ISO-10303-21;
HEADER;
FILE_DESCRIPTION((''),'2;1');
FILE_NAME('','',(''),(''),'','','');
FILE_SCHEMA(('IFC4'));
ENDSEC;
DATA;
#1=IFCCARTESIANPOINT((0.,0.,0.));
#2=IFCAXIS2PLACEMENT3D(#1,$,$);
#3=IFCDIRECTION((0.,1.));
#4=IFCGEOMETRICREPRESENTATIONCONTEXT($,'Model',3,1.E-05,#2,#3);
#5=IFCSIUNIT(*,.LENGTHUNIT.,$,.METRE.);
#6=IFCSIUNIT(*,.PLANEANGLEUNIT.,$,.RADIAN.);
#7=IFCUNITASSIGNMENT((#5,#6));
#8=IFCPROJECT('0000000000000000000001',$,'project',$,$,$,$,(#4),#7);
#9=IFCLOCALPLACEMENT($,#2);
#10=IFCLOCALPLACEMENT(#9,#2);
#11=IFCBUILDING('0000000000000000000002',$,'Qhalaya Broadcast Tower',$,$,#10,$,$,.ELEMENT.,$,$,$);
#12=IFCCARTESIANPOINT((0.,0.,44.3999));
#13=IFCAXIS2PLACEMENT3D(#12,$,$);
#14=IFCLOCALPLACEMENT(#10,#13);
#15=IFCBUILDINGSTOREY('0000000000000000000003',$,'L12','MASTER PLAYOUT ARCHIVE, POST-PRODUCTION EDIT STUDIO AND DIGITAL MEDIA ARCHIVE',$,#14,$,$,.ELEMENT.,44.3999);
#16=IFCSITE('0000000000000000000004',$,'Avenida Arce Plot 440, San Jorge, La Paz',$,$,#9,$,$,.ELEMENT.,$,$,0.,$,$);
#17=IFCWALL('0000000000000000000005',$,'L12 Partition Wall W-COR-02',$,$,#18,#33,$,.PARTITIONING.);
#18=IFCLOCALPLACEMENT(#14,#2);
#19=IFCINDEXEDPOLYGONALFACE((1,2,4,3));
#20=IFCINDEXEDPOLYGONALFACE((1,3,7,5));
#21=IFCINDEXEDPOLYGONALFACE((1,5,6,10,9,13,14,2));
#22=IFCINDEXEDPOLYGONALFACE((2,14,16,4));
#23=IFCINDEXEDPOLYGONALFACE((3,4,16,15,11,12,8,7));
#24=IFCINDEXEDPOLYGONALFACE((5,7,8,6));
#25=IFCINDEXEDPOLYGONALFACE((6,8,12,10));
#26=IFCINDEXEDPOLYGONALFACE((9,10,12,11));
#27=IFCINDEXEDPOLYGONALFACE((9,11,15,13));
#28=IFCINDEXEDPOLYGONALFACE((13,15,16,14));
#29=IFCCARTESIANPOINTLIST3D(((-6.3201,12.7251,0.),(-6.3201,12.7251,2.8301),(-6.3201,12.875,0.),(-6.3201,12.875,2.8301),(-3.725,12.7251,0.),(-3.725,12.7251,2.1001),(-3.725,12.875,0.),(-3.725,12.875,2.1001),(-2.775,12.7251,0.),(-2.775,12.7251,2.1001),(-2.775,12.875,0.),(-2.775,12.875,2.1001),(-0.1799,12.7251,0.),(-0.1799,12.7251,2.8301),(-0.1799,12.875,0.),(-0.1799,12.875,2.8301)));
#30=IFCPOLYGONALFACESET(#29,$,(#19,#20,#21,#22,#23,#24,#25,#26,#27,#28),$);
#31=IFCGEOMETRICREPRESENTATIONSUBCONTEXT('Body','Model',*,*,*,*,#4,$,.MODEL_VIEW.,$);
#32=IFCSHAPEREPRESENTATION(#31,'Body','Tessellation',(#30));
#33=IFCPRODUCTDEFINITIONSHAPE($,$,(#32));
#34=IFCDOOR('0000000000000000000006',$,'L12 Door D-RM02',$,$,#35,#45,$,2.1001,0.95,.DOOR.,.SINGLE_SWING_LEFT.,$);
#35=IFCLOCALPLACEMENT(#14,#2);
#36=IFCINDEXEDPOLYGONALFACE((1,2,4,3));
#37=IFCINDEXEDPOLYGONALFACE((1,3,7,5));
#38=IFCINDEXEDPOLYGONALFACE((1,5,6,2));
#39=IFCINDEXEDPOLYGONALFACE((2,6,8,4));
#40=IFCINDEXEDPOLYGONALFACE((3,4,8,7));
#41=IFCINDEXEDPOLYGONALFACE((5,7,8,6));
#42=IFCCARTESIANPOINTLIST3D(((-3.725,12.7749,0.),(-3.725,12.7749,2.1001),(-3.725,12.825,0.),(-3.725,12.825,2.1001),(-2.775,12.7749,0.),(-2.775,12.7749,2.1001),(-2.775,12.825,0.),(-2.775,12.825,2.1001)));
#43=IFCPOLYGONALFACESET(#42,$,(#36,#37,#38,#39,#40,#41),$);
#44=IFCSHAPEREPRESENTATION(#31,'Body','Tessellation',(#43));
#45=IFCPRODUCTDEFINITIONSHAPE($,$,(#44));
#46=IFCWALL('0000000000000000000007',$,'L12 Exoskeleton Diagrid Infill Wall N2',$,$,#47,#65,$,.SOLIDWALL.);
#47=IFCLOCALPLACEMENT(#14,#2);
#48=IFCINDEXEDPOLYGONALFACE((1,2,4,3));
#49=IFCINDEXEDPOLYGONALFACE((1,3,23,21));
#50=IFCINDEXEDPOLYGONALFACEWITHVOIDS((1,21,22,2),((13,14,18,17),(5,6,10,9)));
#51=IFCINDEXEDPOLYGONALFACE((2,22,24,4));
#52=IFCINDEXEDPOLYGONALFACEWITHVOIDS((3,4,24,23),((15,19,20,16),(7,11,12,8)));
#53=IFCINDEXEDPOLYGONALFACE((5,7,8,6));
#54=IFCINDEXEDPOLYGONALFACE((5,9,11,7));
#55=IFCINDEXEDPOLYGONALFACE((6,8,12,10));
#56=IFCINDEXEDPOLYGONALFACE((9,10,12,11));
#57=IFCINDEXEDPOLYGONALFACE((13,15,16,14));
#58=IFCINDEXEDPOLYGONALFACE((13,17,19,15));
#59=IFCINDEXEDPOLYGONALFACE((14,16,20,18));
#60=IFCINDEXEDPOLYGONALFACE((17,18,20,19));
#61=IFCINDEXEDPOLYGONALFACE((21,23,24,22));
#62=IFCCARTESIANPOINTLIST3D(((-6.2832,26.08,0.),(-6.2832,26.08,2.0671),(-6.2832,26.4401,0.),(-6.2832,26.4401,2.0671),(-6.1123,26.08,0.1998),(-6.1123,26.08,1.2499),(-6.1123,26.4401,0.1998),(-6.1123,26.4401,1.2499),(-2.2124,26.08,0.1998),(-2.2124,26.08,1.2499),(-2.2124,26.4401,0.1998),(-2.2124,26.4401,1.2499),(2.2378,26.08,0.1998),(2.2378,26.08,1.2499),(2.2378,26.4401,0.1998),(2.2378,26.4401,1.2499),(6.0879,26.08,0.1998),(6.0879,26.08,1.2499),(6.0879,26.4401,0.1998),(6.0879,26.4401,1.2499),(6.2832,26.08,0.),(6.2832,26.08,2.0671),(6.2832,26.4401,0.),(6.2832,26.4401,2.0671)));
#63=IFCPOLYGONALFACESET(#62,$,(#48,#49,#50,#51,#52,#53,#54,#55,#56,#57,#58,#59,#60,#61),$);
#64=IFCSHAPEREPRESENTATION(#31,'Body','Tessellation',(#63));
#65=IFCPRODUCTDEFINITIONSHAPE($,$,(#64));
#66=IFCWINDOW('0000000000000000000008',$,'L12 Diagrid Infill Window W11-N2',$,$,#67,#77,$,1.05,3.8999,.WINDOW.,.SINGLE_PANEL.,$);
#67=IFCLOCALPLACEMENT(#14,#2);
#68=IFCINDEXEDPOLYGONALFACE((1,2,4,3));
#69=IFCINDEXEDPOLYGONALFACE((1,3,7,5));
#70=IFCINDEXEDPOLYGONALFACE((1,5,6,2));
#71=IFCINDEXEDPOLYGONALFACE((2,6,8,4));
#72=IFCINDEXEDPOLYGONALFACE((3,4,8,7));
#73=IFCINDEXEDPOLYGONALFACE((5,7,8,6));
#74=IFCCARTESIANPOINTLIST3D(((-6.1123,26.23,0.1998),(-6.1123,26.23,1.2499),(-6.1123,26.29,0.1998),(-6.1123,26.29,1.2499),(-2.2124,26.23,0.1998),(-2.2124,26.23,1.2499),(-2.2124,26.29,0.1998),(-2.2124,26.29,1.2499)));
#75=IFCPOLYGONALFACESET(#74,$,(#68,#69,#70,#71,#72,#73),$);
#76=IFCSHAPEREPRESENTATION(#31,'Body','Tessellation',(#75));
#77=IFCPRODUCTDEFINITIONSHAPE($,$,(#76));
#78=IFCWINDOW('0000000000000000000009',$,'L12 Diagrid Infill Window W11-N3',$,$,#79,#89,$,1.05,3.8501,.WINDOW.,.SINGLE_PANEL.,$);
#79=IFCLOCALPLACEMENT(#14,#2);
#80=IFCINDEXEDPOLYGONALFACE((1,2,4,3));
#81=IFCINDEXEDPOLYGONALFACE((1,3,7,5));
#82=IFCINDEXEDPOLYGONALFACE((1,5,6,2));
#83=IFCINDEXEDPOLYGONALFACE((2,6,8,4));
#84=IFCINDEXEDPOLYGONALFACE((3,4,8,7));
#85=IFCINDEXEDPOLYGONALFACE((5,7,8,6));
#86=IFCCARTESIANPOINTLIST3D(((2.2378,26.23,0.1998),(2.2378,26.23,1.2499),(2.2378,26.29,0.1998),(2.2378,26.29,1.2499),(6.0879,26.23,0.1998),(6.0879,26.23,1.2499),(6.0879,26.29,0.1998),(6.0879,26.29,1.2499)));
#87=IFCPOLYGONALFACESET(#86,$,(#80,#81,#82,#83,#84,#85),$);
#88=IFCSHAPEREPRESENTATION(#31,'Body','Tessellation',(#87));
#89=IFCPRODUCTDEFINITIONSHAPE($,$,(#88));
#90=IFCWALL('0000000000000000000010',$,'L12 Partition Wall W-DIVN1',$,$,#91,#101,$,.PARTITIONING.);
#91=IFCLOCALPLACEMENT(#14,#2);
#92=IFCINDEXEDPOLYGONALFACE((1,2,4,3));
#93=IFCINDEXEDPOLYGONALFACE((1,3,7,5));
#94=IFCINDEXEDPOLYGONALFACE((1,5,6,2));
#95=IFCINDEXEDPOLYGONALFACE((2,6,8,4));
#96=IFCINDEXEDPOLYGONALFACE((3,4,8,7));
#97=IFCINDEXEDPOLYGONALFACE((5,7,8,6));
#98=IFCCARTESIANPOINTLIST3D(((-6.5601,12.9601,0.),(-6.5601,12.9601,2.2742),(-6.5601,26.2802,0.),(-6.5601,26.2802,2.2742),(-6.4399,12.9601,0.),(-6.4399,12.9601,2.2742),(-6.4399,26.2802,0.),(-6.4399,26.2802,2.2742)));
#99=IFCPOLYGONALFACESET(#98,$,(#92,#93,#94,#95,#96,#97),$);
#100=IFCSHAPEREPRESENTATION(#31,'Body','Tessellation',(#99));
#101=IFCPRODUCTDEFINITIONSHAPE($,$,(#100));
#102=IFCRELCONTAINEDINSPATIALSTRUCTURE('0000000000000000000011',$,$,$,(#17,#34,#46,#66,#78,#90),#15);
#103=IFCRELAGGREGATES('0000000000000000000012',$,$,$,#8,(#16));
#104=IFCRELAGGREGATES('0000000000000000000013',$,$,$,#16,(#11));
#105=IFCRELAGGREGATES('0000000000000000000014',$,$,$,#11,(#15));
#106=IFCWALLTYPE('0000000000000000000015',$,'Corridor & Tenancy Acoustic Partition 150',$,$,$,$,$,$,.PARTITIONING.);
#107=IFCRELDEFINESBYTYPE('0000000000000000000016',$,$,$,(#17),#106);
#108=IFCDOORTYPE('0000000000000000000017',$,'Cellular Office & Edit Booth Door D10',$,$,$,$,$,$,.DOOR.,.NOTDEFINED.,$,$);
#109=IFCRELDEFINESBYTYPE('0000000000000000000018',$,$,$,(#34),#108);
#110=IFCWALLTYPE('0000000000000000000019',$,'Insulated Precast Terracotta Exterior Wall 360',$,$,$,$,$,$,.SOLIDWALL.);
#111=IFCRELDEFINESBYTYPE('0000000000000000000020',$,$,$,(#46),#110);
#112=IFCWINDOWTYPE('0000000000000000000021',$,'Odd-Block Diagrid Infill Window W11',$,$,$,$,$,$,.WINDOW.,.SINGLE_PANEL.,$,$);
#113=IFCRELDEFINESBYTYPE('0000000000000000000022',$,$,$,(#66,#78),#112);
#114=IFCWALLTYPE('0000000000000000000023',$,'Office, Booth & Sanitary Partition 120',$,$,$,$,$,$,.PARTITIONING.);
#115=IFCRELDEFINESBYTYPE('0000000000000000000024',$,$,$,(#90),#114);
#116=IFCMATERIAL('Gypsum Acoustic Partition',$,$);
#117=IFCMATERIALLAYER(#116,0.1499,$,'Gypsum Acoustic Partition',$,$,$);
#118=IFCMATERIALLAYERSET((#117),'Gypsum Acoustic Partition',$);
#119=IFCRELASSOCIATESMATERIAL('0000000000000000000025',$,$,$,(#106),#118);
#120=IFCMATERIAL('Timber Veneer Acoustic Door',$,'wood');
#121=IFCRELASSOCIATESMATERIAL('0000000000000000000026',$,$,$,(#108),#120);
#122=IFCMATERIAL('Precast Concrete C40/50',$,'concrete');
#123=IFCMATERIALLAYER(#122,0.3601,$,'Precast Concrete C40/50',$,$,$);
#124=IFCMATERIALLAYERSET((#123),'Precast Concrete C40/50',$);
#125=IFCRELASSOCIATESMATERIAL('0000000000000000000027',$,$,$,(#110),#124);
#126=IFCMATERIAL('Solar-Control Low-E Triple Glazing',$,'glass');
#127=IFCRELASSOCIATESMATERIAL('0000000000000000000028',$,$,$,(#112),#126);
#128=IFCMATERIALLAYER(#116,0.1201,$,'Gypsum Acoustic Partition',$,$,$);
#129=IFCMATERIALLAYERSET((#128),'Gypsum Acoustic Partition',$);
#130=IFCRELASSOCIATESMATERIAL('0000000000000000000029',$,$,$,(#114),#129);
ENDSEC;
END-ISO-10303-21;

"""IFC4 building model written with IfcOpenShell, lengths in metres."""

from ifc_helpers import new_model, si_unit, direction, frame, frame_2d, origin, place, context, subcontext, project, spatial, rectangle, extrude, material, layer, layer_set, type_object, element, fill, save


model = new_model("IFC4")

# Units and contexts
model_context = context("Model", 3, precision=1e-05, world=origin(), true_north=direction((0.0, 1.0)))
body_context = subcontext(model_context, "Body", "Model", "MODEL_VIEW")
ifc_project = project(units=[si_unit("LENGTHUNIT", "METRE"), si_unit("PLANEANGLEUNIT", "RADIAN")], contexts=[model_context])

# Site, building, storey
site_placement = place(None, origin())
site = spatial("IfcSite", under=ifc_project, at=site_placement, Name="Avenida Arce Plot 440, San Jorge, La Paz", CompositionType="ELEMENT", RefElevation=0.0)
building_placement = place(site_placement, origin())
building = spatial("IfcBuilding", under=site, at=building_placement, Name="Qhalaya Broadcast Tower", CompositionType="ELEMENT")
storey_placement = place(building_placement, frame((0.0, 0.0, 44.3999)))
storey = spatial("IfcBuildingStorey", under=building, at=storey_placement, Name="L12", Description="MASTER PLAYOUT ARCHIVE, POST-PRODUCTION EDIT STUDIO AND DIGITAL MEDIA ARCHIVE", CompositionType="ELEMENT", Elevation=44.3999)

# Wall, opening, door
ifc_material_1 = material(Name="Gypsum Acoustic Partition")
ifc_layer_1 = layer(ifc_material_1, 0.1499, Name="Gypsum Acoustic Partition")
ifc_layer_set_1 = layer_set([ifc_layer_1], Name="Gypsum Acoustic Partition")
wall_type_1 = type_object("IfcWallType", Name="Corridor & Tenancy Acoustic Partition 150", PredefinedType="PARTITIONING", material=ifc_layer_set_1)
ifc_material_2 = material(Name="Timber Veneer Acoustic Door", Category="wood")
door_type = type_object("IfcDoorType", Name="Cellular Office & Edit Booth Door D10", OperationType="NOTDEFINED", PredefinedType="DOOR", material=ifc_material_2)
wall_1_placement = place(storey_placement, frame((-6.3201, 12.8, 0.0), z_axis=(0.0, 0.0, 1.0), x_axis=(1.0, 0.0, 0.0)))
wall_1 = element("IfcWall", 1, at=wall_1_placement, inside=storey, type_object=wall_type_1, Name="L12 Partition Wall W-COR-02", PredefinedType="PARTITIONING", context=body_context, shape_type="SweptSolid", body=[
    extrude(rectangle(XDim=6.1401, YDim=0.1499, at=frame_2d((3.0701, 0.0))), origin(), (0.0, 0.0, 1.0), 2.8301),
])
opening_1_placement = place(wall_1_placement, frame((2.595, 0.0, 0.0)))
opening_1 = element("IfcOpeningElement", 2, at=opening_1_placement, cuts=wall_1, PredefinedType="OPENING", context=body_context, shape_type="SweptSolid", body=[
    extrude(rectangle(XDim=0.95, YDim=2.1001, at=frame_2d((0.4751, 1.05))), frame((0.0, 0.0869, 0.0), z_axis=(0.0, -1.0, 0.0), x_axis=(1.0, 0.0, 0.0)), (0.0, 0.0, 1.0), 0.1738),
])
door_1_placement = place(opening_1_placement, origin())
door_1 = element("IfcDoor", 3, at=door_1_placement, inside=storey, type_object=door_type, Name="L12 Door D-RM02", OperationType="SINGLE_SWING_LEFT", OverallHeight=2.1001, OverallWidth=0.95, PredefinedType="DOOR", context=body_context, shape_type="SweptSolid", body=[
    extrude(rectangle(XDim=0.95, YDim=2.1001, at=frame_2d((0.4751, 1.05))), frame((0.0, 0.0249, 0.0), z_axis=(0.0, -1.0, 0.0), x_axis=(1.0, 0.0, 0.0)), (0.0, 0.0, 1.0), 0.05),
])
fill(opening_1, door_1)

# Wall, openings, windows
ifc_material_3 = material(Name="Precast Concrete C40/50", Category="concrete")
ifc_layer_2 = layer(ifc_material_3, 0.3601, Name="Precast Concrete C40/50")
ifc_layer_set_2 = layer_set([ifc_layer_2], Name="Precast Concrete C40/50")
wall_type_2 = type_object("IfcWallType", Name="Insulated Precast Terracotta Exterior Wall 360", PredefinedType="SOLIDWALL", material=ifc_layer_set_2)
wall_2_placement = place(storey_placement, frame((-6.2832, 26.26, 0.0), z_axis=(0.0, 0.0, 1.0), x_axis=(1.0, 0.0, 0.0)))
wall_2 = element("IfcWall", 4, at=wall_2_placement, inside=storey, type_object=wall_type_2, Name="L12 Exoskeleton Diagrid Infill Wall N2", PredefinedType="SOLIDWALL", context=body_context, shape_type="SweptSolid", body=[
    extrude(rectangle(XDim=12.5664, YDim=0.3601, at=frame_2d((6.2832, 0.0))), origin(), (0.0, 0.0, 1.0), 2.0671),
])
opening_2_placement = place(wall_2_placement, frame((0.1709, 0.0, 0.2)))
opening_2 = element("IfcOpeningElement", 5, at=opening_2_placement, cuts=wall_2, PredefinedType="OPENING", context=body_context, shape_type="SweptSolid", body=[
    extrude(rectangle(XDim=3.8999, YDim=1.05, at=frame_2d((1.95, 0.5249))), frame((0.0, 0.1921, 0.0), z_axis=(0.0, -1.0, 0.0), x_axis=(1.0, 0.0, 0.0)), (0.0, 0.0, 1.0), 0.384),
])
opening_3_placement = place(wall_2_placement, frame((8.521, 0.0, 0.2)))
opening_3 = element("IfcOpeningElement", 6, at=opening_3_placement, cuts=wall_2, PredefinedType="OPENING", context=body_context, shape_type="SweptSolid", body=[
    extrude(rectangle(XDim=3.8501, YDim=1.05, at=frame_2d((1.925, 0.5249))), frame((0.0, 0.1921, 0.0), z_axis=(0.0, -1.0, 0.0), x_axis=(1.0, 0.0, 0.0)), (0.0, 0.0, 1.0), 0.384),
])
ifc_material_4 = material(Name="Solar-Control Low-E Triple Glazing", Category="glass")
window_type = type_object("IfcWindowType", Name="Odd-Block Diagrid Infill Window W11", PartitioningType="SINGLE_PANEL", PredefinedType="WINDOW", material=ifc_material_4)
window_1_placement = place(opening_2_placement, origin())
window_1 = element("IfcWindow", 7, at=window_1_placement, inside=storey, type_object=window_type, Name="L12 Diagrid Infill Window W11-N2", OverallHeight=1.05, OverallWidth=3.8999, PartitioningType="SINGLE_PANEL", PredefinedType="WINDOW", context=body_context, shape_type="SweptSolid", body=[
    extrude(rectangle(XDim=3.8999, YDim=1.05, at=frame_2d((1.95, 0.5249))), frame((0.0, 0.03, 0.0), z_axis=(0.0, -1.0, 0.0), x_axis=(1.0, 0.0, 0.0)), (0.0, 0.0, 1.0), 0.0601),
])
fill(opening_2, window_1)
window_2_placement = place(opening_3_placement, origin())
window_2 = element("IfcWindow", 8, at=window_2_placement, inside=storey, type_object=window_type, Name="L12 Diagrid Infill Window W11-N3", OverallHeight=1.05, OverallWidth=3.8501, PartitioningType="SINGLE_PANEL", PredefinedType="WINDOW", context=body_context, shape_type="SweptSolid", body=[
    extrude(rectangle(XDim=3.8501, YDim=1.05, at=frame_2d((1.925, 0.5249))), frame((0.0, 0.03, 0.0), z_axis=(0.0, -1.0, 0.0), x_axis=(1.0, 0.0, 0.0)), (0.0, 0.0, 1.0), 0.0601),
])
fill(opening_3, window_2)

# Wall
ifc_layer_3 = layer(ifc_material_1, 0.1201, Name="Gypsum Acoustic Partition")
ifc_layer_set_3 = layer_set([ifc_layer_3], Name="Gypsum Acoustic Partition")
wall_type_3 = type_object("IfcWallType", Name="Office, Booth & Sanitary Partition 120", PredefinedType="PARTITIONING", material=ifc_layer_set_3)
wall_3_placement = place(storey_placement, frame((-6.5, 12.96, 0.0), z_axis=(0.0, 0.0, 1.0), x_axis=(0.0, 1.0, 0.0)))
element("IfcWall", 9, at=wall_3_placement, inside=storey, type_object=wall_type_3, Name="L12 Partition Wall W-DIVN1", PredefinedType="PARTITIONING", context=body_context, shape_type="SweptSolid", body=[
    extrude(rectangle(XDim=13.3201, YDim=0.1201, at=frame_2d((6.6602, 0.0))), origin(), (0.0, 0.0, 1.0), 2.2742),
])

save(model, "model.ifc")
